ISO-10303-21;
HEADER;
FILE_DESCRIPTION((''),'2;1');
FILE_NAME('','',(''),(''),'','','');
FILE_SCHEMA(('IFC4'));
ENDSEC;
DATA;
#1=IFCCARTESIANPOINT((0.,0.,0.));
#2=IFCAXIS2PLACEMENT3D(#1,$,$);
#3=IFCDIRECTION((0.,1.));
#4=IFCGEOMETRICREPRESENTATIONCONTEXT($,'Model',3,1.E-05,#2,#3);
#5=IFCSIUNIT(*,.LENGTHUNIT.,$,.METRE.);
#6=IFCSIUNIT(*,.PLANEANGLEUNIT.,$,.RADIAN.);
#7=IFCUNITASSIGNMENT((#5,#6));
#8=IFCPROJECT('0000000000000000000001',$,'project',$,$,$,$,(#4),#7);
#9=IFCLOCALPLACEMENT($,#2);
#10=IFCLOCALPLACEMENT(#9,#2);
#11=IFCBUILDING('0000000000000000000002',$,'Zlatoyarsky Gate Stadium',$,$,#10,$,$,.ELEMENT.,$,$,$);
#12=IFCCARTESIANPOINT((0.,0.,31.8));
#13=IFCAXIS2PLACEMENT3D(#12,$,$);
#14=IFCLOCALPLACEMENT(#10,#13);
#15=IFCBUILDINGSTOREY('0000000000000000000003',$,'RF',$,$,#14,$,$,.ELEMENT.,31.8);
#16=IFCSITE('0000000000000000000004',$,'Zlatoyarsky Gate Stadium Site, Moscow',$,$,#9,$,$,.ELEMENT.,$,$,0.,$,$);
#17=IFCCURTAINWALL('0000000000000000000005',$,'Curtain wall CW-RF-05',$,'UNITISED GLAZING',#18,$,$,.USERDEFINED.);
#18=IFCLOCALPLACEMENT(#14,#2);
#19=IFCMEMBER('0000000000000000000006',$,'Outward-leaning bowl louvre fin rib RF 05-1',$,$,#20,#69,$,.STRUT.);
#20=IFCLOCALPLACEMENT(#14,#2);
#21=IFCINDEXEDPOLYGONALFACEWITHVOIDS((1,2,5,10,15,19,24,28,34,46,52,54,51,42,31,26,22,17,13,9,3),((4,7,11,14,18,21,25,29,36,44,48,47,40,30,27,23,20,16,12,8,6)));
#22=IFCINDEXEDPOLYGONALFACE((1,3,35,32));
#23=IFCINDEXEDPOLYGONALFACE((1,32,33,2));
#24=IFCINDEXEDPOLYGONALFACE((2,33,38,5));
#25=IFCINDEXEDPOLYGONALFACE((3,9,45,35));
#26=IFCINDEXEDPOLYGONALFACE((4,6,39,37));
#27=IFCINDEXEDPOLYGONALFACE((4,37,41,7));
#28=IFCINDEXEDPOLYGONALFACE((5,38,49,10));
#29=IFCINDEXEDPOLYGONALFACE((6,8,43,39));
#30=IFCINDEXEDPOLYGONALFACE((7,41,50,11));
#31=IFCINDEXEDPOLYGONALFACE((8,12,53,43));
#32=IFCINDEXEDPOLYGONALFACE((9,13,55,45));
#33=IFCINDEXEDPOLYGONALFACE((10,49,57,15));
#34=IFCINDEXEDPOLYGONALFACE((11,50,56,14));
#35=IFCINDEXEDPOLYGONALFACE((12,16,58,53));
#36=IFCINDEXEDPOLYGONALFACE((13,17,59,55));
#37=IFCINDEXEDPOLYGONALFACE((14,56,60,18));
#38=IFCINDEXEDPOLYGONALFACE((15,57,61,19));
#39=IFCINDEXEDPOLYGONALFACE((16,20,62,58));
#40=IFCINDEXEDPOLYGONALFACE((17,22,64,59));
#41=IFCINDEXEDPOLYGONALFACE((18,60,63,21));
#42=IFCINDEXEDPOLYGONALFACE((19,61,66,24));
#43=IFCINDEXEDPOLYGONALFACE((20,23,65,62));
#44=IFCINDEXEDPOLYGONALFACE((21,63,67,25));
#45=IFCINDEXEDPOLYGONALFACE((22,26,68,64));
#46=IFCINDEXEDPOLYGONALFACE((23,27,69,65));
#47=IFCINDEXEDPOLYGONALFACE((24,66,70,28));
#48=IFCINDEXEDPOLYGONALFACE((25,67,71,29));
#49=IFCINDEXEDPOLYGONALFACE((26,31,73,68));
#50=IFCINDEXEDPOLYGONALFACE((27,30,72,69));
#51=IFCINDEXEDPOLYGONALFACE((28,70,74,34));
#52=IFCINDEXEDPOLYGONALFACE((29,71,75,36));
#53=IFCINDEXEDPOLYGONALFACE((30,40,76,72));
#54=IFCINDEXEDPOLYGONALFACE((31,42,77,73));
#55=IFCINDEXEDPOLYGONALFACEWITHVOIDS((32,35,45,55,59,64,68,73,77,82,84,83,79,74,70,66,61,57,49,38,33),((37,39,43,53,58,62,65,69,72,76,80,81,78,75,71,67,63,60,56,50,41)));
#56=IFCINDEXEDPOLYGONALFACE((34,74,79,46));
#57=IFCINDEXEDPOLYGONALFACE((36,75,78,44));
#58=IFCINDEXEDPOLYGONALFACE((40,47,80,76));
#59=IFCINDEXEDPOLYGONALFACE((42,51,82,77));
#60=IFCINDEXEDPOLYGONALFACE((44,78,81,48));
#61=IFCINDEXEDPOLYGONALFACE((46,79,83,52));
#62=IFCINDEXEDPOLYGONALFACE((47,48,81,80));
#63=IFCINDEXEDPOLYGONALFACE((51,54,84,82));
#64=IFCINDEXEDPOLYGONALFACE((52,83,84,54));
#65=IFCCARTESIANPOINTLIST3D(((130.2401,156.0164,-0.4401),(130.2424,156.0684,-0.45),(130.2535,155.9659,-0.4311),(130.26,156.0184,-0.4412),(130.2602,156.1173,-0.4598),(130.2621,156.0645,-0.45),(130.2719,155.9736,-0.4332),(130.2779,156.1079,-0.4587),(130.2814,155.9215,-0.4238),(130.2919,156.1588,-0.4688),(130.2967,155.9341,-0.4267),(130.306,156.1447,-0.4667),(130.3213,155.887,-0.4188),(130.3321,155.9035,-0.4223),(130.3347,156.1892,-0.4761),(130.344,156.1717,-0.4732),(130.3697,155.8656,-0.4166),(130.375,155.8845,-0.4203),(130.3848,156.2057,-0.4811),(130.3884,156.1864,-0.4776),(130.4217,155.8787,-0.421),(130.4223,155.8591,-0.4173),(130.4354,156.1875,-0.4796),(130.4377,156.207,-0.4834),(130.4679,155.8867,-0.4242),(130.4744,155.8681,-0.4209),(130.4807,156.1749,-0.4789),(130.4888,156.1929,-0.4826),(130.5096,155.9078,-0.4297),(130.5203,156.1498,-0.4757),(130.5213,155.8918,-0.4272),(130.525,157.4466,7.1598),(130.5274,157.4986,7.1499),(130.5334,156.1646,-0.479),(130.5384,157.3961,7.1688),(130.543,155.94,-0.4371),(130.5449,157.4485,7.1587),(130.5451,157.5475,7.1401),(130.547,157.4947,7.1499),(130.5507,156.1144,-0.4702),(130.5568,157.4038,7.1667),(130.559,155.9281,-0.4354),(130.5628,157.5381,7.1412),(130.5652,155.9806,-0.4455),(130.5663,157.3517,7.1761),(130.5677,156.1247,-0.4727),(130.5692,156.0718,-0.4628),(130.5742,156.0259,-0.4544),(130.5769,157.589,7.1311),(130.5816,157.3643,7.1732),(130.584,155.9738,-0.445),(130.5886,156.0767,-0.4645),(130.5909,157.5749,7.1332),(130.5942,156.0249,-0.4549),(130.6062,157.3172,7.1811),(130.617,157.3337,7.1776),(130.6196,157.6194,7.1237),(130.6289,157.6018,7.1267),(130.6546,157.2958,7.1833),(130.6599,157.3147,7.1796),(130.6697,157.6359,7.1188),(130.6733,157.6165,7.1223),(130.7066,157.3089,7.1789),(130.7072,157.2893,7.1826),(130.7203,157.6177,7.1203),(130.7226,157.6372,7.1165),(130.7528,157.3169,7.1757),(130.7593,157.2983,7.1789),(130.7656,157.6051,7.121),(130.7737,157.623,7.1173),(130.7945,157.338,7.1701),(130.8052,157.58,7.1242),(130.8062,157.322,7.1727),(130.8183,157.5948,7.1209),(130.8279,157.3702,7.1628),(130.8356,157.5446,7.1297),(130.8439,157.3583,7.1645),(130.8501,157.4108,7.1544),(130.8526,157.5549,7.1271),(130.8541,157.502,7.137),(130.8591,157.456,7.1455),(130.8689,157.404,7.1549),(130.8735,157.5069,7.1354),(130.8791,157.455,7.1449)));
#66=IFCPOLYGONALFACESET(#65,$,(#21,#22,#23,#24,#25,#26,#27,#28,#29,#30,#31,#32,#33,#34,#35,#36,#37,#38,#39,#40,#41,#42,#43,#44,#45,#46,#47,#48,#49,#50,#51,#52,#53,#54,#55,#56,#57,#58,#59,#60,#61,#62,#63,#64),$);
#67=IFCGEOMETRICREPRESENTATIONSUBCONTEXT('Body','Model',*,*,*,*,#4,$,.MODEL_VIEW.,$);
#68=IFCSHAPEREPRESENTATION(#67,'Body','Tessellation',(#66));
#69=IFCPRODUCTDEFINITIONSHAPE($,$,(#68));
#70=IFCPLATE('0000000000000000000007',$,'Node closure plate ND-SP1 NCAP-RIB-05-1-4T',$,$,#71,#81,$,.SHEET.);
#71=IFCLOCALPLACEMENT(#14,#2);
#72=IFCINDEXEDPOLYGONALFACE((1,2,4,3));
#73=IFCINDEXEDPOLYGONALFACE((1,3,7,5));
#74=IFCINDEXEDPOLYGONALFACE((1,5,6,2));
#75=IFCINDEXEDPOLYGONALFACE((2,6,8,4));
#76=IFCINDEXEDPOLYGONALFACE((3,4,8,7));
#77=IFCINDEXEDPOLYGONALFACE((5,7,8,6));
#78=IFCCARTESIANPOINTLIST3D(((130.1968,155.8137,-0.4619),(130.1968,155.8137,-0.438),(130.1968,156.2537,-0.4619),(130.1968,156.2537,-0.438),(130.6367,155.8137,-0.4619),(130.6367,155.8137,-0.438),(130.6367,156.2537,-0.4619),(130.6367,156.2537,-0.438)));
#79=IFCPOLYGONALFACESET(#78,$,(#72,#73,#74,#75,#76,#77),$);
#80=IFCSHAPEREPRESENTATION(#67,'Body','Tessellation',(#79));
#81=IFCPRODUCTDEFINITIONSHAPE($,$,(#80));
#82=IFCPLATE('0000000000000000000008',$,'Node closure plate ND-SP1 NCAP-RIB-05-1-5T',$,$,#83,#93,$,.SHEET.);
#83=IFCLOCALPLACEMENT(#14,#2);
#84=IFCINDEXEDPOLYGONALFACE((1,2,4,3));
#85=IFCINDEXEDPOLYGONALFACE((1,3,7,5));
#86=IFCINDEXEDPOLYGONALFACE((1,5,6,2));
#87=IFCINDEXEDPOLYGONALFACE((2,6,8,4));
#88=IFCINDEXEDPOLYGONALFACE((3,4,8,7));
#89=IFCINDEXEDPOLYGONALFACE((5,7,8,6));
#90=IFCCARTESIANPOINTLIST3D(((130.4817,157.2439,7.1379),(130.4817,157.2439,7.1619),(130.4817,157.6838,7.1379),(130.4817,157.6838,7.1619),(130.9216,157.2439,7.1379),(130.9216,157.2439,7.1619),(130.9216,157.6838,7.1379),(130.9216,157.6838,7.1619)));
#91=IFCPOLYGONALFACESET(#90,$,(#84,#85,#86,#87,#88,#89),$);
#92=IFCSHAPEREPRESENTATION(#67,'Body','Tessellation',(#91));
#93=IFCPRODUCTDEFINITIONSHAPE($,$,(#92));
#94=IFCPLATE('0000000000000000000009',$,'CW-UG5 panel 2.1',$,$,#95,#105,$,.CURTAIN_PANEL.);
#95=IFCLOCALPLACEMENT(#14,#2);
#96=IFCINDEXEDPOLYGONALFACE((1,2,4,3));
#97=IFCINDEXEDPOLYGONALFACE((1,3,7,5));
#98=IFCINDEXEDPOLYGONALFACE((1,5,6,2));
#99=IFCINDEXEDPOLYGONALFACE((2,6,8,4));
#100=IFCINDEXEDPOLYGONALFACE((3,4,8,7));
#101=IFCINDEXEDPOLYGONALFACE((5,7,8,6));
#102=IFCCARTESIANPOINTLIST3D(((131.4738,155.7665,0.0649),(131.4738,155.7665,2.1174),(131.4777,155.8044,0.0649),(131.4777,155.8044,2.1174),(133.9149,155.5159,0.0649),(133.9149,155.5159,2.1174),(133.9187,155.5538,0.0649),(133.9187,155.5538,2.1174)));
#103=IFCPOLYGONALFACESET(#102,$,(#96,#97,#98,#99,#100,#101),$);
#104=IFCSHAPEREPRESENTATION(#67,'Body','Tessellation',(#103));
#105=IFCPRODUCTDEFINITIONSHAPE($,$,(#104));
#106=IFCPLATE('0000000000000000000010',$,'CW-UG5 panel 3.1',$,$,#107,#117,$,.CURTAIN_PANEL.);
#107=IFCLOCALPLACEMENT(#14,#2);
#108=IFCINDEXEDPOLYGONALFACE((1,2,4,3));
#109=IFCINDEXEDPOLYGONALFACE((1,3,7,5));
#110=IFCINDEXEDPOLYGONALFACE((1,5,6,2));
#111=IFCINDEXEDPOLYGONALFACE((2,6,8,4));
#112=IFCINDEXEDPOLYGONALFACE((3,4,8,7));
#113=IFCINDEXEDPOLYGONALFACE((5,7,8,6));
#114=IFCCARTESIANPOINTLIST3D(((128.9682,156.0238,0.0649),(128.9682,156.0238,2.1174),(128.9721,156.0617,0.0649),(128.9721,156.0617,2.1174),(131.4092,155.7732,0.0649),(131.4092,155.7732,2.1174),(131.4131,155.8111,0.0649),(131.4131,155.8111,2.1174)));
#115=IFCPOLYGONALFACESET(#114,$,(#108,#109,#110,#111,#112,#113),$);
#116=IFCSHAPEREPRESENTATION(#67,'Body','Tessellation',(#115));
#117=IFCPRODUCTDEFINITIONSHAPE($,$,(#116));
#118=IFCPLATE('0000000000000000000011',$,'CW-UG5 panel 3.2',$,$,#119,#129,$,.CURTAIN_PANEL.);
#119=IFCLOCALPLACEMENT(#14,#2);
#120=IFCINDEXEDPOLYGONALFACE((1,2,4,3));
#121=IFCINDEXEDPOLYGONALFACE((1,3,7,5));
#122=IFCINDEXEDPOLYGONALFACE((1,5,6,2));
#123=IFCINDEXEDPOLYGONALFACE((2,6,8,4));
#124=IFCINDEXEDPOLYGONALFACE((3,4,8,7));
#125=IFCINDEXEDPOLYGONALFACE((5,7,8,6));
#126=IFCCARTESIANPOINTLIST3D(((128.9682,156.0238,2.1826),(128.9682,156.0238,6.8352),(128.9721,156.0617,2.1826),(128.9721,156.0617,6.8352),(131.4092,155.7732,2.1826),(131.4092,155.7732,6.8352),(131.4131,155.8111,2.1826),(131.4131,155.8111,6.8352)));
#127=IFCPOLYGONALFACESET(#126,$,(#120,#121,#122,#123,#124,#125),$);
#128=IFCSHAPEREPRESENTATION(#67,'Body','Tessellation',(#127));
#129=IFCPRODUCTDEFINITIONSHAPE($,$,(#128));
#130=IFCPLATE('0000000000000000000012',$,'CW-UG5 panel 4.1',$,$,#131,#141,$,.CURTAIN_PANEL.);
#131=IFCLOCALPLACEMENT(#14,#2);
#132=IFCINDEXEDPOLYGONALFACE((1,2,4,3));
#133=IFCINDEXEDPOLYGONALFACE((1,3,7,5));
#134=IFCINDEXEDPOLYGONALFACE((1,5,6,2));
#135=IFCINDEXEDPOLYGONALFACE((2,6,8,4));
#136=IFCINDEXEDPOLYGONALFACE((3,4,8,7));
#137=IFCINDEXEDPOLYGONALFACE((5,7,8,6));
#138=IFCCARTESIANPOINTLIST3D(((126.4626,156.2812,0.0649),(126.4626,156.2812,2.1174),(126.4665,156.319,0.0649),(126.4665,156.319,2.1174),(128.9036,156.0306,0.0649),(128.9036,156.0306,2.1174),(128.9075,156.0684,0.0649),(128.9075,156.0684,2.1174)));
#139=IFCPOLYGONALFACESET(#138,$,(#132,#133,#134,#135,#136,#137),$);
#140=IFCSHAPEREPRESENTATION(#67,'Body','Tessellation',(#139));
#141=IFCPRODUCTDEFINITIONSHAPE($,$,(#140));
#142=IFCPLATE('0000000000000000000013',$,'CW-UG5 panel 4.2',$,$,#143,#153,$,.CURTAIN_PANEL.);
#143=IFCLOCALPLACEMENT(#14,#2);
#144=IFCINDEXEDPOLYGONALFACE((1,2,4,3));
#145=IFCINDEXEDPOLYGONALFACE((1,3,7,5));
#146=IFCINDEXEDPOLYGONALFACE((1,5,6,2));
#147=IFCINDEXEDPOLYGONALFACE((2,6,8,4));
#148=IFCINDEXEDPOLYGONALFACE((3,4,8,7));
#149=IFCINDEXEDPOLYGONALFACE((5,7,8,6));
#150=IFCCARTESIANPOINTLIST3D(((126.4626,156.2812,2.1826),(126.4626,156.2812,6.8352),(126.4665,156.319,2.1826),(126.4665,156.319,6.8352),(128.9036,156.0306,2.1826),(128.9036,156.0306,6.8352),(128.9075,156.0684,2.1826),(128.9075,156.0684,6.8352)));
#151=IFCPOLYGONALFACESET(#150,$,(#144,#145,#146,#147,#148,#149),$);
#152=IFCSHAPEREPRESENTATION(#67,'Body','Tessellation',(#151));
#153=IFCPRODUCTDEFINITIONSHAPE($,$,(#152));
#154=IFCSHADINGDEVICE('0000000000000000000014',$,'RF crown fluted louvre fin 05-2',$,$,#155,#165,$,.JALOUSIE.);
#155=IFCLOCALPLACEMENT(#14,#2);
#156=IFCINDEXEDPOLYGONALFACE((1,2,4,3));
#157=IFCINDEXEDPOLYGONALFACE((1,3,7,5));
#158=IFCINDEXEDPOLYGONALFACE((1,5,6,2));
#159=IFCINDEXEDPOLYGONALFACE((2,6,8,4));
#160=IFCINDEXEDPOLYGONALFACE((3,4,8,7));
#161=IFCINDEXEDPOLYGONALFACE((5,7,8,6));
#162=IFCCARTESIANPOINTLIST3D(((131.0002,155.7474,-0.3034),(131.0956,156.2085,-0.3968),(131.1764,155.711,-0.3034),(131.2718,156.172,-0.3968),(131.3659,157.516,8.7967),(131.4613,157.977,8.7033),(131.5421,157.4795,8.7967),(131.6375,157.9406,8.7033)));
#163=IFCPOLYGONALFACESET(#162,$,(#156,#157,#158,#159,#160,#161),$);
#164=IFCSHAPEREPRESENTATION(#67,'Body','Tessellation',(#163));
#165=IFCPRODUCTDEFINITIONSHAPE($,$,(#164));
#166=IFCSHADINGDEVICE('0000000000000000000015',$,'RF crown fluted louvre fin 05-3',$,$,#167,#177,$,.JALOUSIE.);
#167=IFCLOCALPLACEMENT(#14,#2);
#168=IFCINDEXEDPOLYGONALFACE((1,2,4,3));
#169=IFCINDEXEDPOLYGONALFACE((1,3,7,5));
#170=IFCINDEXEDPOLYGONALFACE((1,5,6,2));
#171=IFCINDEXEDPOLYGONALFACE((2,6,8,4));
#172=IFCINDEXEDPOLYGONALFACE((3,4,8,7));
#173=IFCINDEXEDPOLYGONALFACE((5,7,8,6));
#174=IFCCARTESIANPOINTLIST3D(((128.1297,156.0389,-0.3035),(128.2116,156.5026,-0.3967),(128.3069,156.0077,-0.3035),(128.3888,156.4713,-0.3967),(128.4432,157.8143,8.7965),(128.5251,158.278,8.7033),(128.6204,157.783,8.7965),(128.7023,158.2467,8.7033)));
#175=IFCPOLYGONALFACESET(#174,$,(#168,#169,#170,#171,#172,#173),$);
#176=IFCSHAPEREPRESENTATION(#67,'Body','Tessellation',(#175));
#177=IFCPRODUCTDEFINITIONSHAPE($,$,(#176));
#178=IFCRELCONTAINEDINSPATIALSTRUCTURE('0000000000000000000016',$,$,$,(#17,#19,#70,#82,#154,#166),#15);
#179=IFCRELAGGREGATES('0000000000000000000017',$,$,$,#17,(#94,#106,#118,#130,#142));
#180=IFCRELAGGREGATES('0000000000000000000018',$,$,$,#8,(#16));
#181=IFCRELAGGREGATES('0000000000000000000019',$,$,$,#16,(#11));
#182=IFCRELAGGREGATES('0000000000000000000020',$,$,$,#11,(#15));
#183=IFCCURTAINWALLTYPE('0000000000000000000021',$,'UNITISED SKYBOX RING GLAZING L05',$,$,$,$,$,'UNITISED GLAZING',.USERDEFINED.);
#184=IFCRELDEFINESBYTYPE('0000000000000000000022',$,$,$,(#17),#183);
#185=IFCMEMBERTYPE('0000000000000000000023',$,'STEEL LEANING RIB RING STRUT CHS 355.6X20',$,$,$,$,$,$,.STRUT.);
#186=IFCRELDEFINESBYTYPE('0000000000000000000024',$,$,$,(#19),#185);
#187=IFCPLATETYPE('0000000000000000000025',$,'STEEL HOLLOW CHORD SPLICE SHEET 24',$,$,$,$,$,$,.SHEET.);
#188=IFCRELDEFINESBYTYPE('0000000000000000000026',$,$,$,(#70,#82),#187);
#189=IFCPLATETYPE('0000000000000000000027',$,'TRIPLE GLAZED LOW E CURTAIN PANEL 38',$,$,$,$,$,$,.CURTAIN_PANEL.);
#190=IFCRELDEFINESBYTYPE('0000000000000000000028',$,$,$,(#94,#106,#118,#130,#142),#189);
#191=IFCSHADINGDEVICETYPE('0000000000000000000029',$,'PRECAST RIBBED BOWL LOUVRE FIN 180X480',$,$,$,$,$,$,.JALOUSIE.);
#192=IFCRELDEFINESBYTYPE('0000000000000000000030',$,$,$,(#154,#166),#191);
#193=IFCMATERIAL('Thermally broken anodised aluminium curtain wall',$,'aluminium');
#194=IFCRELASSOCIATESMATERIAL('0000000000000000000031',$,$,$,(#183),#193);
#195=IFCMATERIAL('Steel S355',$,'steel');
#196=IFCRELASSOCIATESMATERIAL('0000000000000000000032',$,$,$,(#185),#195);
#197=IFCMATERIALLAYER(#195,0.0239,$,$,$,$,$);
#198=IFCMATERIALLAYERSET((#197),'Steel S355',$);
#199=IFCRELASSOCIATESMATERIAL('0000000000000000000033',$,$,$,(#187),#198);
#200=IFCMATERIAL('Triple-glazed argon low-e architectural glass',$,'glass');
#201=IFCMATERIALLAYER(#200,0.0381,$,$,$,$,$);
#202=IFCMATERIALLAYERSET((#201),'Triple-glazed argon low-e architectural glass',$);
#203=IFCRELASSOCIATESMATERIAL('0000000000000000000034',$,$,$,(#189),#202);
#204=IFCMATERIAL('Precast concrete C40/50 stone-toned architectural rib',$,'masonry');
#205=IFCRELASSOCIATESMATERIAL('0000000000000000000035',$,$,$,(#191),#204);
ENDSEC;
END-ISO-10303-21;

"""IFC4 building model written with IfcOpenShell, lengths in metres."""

from ifc_helpers import new_model, si_unit, direction, frame, origin, origin_2d, place, context, subcontext, project, spatial, rectangle, hollow_circle, extrude, material, layer, layer_set, material_profile, profile_set, type_object, element, aggregate, save


model = new_model("IFC4")

# Units and contexts
model_context = context("Model", 3, precision=1e-05, world=origin(), true_north=direction((0.0, 1.0)))
body_context = subcontext(model_context, "Body", "Model", "MODEL_VIEW")
ifc_project = project(units=[si_unit("LENGTHUNIT", "METRE"), si_unit("PLANEANGLEUNIT", "RADIAN")], contexts=[model_context])

# Site, building, storey
site_placement = place(None, origin())
site = spatial("IfcSite", under=ifc_project, at=site_placement, Name="Zlatoyarsky Gate Stadium Site, Moscow", CompositionType="ELEMENT", RefElevation=0.0)
building_placement = place(site_placement, origin())
building = spatial("IfcBuilding", under=site, at=building_placement, Name="Zlatoyarsky Gate Stadium", CompositionType="ELEMENT")
storey_placement = place(building_placement, frame((0.0, 0.0, 31.8)))
storey = spatial("IfcBuildingStorey", under=building, at=storey_placement, Name="RF", CompositionType="ELEMENT", Elevation=31.8)

# Curtain wall
ifc_material_1 = material(Name="Thermally broken anodised aluminium curtain wall", Category="aluminium")
curtain_wall_type = type_object("IfcCurtainWallType", Name="UNITISED SKYBOX RING GLAZING L05", ElementType="UNITISED GLAZING", PredefinedType="USERDEFINED", material=ifc_material_1)
curtain_wall_placement = place(storey_placement, origin())
curtain_wall = element("IfcCurtainWall", 1, at=curtain_wall_placement, inside=storey, type_object=curtain_wall_type, Name="Curtain wall CW-RF-05", ObjectType="UNITISED GLAZING", PredefinedType="USERDEFINED")

# Member
ifc_material_2 = material(Name="Steel S355", Category="steel")
ifc_material_profile_1 = material_profile(ifc_material_2, hollow_circle(Radius=0.1777, WallThickness=0.02, at=origin_2d()), Name="CHS 355.6X20")
ifc_profile_set_1 = profile_set([ifc_material_profile_1], Name="Steel S355")
member_type_1 = type_object("IfcMemberType", Name="STEEL LEANING RIB RING STRUT CHS 355.6X20", PredefinedType="STRUT", material=ifc_profile_set_1)
member_1_placement = place(storey_placement, frame((130.4167, 156.0337, -0.45), z_axis=(0.036817, 0.184813, 0.982084), x_axis=(-0.980728, 0.195376, 0.0)))
element("IfcMember", 2, at=member_1_placement, inside=storey, type_object=member_type_1, Name="Outward-leaning bowl louvre fin rib RF 05-1", PredefinedType="STRUT", context=body_context, shape_type="SweptSolid", body=[
    extrude(hollow_circle(Radius=0.1777, WallThickness=0.02, at=origin_2d()), origin(), (0.0, 0.0, 1.0), 7.7385),
])

# Plates
ifc_layer_1 = layer(ifc_material_2, 0.0239)
ifc_layer_set_1 = layer_set([ifc_layer_1], Name="Steel S355")
plate_type_1 = type_object("IfcPlateType", Name="STEEL HOLLOW CHORD SPLICE SHEET 24", PredefinedType="SHEET", material=ifc_layer_set_1)
for number, where, z_axis, x_axis, name in (
    (3, (130.4167, 156.0337, -0.4619), (0.0, 0.0, 1.0), (1.0, 0.0, 0.0), "Node closure plate ND-SP1 NCAP-RIB-05-1-4T"),
    (4, (130.7017, 157.4639, 7.1379), (0.0, 0.0, 1.0), (1.0, 0.0, 0.0), "Node closure plate ND-SP1 NCAP-RIB-05-1-5T"),
):
    element("IfcPlate", number, at=place(storey_placement, frame(where, z_axis=z_axis, x_axis=x_axis)), inside=storey, type_object=plate_type_1, Name=name, PredefinedType="SHEET", context=body_context, shape_type="SweptSolid", body=[
        extrude(rectangle(XDim=0.4399, YDim=0.4399, at=origin_2d()), origin(), (0.0, 0.0, 1.0), 0.0239),
    ])

# Plates
ifc_material_3 = material(Name="Triple-glazed argon low-e architectural glass", Category="glass")
ifc_layer_2 = layer(ifc_material_3, 0.0381)
ifc_layer_set_2 = layer_set([ifc_layer_2], Name="Triple-glazed argon low-e architectural glass")
plate_type_2 = type_object("IfcPlateType", Name="TRIPLE GLAZED LOW E CURTAIN PANEL 38", PredefinedType="CURTAIN_PANEL", material=ifc_layer_set_2)
plate_1_placement = place(storey_placement, frame((132.6963, 155.6602, 0.0649), z_axis=(0.0, 0.0, 1.0), x_axis=(-0.994772, 0.102125, 0.0)))
plate_1 = element("IfcPlate", 5, at=plate_1_placement, type_object=plate_type_2, Name="CW-UG5 panel 2.1", PredefinedType="CURTAIN_PANEL", context=body_context, shape_type="SweptSolid", body=[
    extrude(rectangle(XDim=2.4539, YDim=0.0381, at=origin_2d()), origin(), (0.0, 0.0, 1.0), 2.0525),
])
plate_2_placement = place(storey_placement, frame((130.1907, 155.9175, 0.0649), z_axis=(0.0, 0.0, 1.0), x_axis=(-0.994772, 0.102125, 0.0)))
plate_2 = element("IfcPlate", 6, at=plate_2_placement, type_object=plate_type_2, Name="CW-UG5 panel 3.1", PredefinedType="CURTAIN_PANEL", context=body_context, shape_type="SweptSolid", body=[
    extrude(rectangle(XDim=2.4539, YDim=0.0381, at=origin_2d()), origin(), (0.0, 0.0, 1.0), 2.0525),
])
plate_3_placement = place(storey_placement, frame((130.1907, 155.9175, 2.1826), z_axis=(0.0, 0.0, 1.0), x_axis=(-0.994772, 0.102125, 0.0)))
plate_3 = element("IfcPlate", 7, at=plate_3_placement, type_object=plate_type_2, Name="CW-UG5 panel 3.2", PredefinedType="CURTAIN_PANEL", context=body_context, shape_type="SweptSolid", body=[
    extrude(rectangle(XDim=2.4539, YDim=0.0381, at=origin_2d()), origin(), (0.0, 0.0, 1.0), 4.6526),
])
plate_4_placement = place(storey_placement, frame((127.6851, 156.1748, 0.0649), z_axis=(0.0, 0.0, 1.0), x_axis=(-0.994772, 0.102125, 0.0)))
plate_4 = element("IfcPlate", 8, at=plate_4_placement, type_object=plate_type_2, Name="CW-UG5 panel 4.1", PredefinedType="CURTAIN_PANEL", context=body_context, shape_type="SweptSolid", body=[
    extrude(rectangle(XDim=2.4539, YDim=0.0381, at=origin_2d()), origin(), (0.0, 0.0, 1.0), 2.0525),
])
plate_5_placement = place(storey_placement, frame((127.6851, 156.1748, 2.1826), z_axis=(0.0, 0.0, 1.0), x_axis=(-0.994772, 0.102125, 0.0)))
plate_5 = element("IfcPlate", 9, at=plate_5_placement, type_object=plate_type_2, Name="CW-UG5 panel 4.2", PredefinedType="CURTAIN_PANEL", context=body_context, shape_type="SweptSolid", body=[
    extrude(rectangle(XDim=2.4539, YDim=0.0381, at=origin_2d()), origin(), (0.0, 0.0, 1.0), 4.6526),
])
aggregate(curtain_wall, [plate_1, plate_2, plate_3, plate_4, plate_5])

# Shading devices
ifc_material_4 = material(Name="Precast concrete C40/50 stone-toned architectural rib", Category="masonry")
ifc_material_profile_2 = material_profile(ifc_material_4, rectangle(XDim=0.1799, YDim=0.48, at=origin_2d()), Name="RIB 180X480")
ifc_profile_set_2 = profile_set([ifc_material_profile_2], Name="Precast concrete C40/50 stone-toned architectural rib")
shading_device_type = type_object("IfcShadingDeviceType", Name="PRECAST RIBBED BOWL LOUVRE FIN 180X480", PredefinedType="JALOUSIE", material=ifc_profile_set_2)
shading_device_1_placement = place(storey_placement, frame((131.136, 155.9597, -0.3501), z_axis=(0.03942, 0.190627, 0.980871), x_axis=(-0.979281, 0.202507, 0.0)))
element("IfcShadingDevice", 10, at=shading_device_1_placement, inside=storey, type_object=shading_device_type, Name="RF crown fluted louvre fin 05-2", PredefinedType="JALOUSIE", context=body_context, shape_type="SweptSolid", body=[
    extrude(rectangle(XDim=0.1799, YDim=0.48, at=origin_2d()), origin(), (0.0, 0.0, 1.0), 9.2776),
])
shading_device_2_placement = place(storey_placement, frame((128.2593, 156.2551, -0.3501), z_axis=(0.033791, 0.191376, 0.980935), x_axis=(-0.984767, 0.173878, 0.0)))
element("IfcShadingDevice", 11, at=shading_device_2_placement, inside=storey, type_object=shading_device_type, Name="RF crown fluted louvre fin 05-3", PredefinedType="JALOUSIE", context=body_context, shape_type="SweptSolid", body=[
    extrude(rectangle(XDim=0.1799, YDim=0.48, at=origin_2d()), origin(), (0.0, 0.0, 1.0), 9.2769),
])

save(model, "model.ifc")
